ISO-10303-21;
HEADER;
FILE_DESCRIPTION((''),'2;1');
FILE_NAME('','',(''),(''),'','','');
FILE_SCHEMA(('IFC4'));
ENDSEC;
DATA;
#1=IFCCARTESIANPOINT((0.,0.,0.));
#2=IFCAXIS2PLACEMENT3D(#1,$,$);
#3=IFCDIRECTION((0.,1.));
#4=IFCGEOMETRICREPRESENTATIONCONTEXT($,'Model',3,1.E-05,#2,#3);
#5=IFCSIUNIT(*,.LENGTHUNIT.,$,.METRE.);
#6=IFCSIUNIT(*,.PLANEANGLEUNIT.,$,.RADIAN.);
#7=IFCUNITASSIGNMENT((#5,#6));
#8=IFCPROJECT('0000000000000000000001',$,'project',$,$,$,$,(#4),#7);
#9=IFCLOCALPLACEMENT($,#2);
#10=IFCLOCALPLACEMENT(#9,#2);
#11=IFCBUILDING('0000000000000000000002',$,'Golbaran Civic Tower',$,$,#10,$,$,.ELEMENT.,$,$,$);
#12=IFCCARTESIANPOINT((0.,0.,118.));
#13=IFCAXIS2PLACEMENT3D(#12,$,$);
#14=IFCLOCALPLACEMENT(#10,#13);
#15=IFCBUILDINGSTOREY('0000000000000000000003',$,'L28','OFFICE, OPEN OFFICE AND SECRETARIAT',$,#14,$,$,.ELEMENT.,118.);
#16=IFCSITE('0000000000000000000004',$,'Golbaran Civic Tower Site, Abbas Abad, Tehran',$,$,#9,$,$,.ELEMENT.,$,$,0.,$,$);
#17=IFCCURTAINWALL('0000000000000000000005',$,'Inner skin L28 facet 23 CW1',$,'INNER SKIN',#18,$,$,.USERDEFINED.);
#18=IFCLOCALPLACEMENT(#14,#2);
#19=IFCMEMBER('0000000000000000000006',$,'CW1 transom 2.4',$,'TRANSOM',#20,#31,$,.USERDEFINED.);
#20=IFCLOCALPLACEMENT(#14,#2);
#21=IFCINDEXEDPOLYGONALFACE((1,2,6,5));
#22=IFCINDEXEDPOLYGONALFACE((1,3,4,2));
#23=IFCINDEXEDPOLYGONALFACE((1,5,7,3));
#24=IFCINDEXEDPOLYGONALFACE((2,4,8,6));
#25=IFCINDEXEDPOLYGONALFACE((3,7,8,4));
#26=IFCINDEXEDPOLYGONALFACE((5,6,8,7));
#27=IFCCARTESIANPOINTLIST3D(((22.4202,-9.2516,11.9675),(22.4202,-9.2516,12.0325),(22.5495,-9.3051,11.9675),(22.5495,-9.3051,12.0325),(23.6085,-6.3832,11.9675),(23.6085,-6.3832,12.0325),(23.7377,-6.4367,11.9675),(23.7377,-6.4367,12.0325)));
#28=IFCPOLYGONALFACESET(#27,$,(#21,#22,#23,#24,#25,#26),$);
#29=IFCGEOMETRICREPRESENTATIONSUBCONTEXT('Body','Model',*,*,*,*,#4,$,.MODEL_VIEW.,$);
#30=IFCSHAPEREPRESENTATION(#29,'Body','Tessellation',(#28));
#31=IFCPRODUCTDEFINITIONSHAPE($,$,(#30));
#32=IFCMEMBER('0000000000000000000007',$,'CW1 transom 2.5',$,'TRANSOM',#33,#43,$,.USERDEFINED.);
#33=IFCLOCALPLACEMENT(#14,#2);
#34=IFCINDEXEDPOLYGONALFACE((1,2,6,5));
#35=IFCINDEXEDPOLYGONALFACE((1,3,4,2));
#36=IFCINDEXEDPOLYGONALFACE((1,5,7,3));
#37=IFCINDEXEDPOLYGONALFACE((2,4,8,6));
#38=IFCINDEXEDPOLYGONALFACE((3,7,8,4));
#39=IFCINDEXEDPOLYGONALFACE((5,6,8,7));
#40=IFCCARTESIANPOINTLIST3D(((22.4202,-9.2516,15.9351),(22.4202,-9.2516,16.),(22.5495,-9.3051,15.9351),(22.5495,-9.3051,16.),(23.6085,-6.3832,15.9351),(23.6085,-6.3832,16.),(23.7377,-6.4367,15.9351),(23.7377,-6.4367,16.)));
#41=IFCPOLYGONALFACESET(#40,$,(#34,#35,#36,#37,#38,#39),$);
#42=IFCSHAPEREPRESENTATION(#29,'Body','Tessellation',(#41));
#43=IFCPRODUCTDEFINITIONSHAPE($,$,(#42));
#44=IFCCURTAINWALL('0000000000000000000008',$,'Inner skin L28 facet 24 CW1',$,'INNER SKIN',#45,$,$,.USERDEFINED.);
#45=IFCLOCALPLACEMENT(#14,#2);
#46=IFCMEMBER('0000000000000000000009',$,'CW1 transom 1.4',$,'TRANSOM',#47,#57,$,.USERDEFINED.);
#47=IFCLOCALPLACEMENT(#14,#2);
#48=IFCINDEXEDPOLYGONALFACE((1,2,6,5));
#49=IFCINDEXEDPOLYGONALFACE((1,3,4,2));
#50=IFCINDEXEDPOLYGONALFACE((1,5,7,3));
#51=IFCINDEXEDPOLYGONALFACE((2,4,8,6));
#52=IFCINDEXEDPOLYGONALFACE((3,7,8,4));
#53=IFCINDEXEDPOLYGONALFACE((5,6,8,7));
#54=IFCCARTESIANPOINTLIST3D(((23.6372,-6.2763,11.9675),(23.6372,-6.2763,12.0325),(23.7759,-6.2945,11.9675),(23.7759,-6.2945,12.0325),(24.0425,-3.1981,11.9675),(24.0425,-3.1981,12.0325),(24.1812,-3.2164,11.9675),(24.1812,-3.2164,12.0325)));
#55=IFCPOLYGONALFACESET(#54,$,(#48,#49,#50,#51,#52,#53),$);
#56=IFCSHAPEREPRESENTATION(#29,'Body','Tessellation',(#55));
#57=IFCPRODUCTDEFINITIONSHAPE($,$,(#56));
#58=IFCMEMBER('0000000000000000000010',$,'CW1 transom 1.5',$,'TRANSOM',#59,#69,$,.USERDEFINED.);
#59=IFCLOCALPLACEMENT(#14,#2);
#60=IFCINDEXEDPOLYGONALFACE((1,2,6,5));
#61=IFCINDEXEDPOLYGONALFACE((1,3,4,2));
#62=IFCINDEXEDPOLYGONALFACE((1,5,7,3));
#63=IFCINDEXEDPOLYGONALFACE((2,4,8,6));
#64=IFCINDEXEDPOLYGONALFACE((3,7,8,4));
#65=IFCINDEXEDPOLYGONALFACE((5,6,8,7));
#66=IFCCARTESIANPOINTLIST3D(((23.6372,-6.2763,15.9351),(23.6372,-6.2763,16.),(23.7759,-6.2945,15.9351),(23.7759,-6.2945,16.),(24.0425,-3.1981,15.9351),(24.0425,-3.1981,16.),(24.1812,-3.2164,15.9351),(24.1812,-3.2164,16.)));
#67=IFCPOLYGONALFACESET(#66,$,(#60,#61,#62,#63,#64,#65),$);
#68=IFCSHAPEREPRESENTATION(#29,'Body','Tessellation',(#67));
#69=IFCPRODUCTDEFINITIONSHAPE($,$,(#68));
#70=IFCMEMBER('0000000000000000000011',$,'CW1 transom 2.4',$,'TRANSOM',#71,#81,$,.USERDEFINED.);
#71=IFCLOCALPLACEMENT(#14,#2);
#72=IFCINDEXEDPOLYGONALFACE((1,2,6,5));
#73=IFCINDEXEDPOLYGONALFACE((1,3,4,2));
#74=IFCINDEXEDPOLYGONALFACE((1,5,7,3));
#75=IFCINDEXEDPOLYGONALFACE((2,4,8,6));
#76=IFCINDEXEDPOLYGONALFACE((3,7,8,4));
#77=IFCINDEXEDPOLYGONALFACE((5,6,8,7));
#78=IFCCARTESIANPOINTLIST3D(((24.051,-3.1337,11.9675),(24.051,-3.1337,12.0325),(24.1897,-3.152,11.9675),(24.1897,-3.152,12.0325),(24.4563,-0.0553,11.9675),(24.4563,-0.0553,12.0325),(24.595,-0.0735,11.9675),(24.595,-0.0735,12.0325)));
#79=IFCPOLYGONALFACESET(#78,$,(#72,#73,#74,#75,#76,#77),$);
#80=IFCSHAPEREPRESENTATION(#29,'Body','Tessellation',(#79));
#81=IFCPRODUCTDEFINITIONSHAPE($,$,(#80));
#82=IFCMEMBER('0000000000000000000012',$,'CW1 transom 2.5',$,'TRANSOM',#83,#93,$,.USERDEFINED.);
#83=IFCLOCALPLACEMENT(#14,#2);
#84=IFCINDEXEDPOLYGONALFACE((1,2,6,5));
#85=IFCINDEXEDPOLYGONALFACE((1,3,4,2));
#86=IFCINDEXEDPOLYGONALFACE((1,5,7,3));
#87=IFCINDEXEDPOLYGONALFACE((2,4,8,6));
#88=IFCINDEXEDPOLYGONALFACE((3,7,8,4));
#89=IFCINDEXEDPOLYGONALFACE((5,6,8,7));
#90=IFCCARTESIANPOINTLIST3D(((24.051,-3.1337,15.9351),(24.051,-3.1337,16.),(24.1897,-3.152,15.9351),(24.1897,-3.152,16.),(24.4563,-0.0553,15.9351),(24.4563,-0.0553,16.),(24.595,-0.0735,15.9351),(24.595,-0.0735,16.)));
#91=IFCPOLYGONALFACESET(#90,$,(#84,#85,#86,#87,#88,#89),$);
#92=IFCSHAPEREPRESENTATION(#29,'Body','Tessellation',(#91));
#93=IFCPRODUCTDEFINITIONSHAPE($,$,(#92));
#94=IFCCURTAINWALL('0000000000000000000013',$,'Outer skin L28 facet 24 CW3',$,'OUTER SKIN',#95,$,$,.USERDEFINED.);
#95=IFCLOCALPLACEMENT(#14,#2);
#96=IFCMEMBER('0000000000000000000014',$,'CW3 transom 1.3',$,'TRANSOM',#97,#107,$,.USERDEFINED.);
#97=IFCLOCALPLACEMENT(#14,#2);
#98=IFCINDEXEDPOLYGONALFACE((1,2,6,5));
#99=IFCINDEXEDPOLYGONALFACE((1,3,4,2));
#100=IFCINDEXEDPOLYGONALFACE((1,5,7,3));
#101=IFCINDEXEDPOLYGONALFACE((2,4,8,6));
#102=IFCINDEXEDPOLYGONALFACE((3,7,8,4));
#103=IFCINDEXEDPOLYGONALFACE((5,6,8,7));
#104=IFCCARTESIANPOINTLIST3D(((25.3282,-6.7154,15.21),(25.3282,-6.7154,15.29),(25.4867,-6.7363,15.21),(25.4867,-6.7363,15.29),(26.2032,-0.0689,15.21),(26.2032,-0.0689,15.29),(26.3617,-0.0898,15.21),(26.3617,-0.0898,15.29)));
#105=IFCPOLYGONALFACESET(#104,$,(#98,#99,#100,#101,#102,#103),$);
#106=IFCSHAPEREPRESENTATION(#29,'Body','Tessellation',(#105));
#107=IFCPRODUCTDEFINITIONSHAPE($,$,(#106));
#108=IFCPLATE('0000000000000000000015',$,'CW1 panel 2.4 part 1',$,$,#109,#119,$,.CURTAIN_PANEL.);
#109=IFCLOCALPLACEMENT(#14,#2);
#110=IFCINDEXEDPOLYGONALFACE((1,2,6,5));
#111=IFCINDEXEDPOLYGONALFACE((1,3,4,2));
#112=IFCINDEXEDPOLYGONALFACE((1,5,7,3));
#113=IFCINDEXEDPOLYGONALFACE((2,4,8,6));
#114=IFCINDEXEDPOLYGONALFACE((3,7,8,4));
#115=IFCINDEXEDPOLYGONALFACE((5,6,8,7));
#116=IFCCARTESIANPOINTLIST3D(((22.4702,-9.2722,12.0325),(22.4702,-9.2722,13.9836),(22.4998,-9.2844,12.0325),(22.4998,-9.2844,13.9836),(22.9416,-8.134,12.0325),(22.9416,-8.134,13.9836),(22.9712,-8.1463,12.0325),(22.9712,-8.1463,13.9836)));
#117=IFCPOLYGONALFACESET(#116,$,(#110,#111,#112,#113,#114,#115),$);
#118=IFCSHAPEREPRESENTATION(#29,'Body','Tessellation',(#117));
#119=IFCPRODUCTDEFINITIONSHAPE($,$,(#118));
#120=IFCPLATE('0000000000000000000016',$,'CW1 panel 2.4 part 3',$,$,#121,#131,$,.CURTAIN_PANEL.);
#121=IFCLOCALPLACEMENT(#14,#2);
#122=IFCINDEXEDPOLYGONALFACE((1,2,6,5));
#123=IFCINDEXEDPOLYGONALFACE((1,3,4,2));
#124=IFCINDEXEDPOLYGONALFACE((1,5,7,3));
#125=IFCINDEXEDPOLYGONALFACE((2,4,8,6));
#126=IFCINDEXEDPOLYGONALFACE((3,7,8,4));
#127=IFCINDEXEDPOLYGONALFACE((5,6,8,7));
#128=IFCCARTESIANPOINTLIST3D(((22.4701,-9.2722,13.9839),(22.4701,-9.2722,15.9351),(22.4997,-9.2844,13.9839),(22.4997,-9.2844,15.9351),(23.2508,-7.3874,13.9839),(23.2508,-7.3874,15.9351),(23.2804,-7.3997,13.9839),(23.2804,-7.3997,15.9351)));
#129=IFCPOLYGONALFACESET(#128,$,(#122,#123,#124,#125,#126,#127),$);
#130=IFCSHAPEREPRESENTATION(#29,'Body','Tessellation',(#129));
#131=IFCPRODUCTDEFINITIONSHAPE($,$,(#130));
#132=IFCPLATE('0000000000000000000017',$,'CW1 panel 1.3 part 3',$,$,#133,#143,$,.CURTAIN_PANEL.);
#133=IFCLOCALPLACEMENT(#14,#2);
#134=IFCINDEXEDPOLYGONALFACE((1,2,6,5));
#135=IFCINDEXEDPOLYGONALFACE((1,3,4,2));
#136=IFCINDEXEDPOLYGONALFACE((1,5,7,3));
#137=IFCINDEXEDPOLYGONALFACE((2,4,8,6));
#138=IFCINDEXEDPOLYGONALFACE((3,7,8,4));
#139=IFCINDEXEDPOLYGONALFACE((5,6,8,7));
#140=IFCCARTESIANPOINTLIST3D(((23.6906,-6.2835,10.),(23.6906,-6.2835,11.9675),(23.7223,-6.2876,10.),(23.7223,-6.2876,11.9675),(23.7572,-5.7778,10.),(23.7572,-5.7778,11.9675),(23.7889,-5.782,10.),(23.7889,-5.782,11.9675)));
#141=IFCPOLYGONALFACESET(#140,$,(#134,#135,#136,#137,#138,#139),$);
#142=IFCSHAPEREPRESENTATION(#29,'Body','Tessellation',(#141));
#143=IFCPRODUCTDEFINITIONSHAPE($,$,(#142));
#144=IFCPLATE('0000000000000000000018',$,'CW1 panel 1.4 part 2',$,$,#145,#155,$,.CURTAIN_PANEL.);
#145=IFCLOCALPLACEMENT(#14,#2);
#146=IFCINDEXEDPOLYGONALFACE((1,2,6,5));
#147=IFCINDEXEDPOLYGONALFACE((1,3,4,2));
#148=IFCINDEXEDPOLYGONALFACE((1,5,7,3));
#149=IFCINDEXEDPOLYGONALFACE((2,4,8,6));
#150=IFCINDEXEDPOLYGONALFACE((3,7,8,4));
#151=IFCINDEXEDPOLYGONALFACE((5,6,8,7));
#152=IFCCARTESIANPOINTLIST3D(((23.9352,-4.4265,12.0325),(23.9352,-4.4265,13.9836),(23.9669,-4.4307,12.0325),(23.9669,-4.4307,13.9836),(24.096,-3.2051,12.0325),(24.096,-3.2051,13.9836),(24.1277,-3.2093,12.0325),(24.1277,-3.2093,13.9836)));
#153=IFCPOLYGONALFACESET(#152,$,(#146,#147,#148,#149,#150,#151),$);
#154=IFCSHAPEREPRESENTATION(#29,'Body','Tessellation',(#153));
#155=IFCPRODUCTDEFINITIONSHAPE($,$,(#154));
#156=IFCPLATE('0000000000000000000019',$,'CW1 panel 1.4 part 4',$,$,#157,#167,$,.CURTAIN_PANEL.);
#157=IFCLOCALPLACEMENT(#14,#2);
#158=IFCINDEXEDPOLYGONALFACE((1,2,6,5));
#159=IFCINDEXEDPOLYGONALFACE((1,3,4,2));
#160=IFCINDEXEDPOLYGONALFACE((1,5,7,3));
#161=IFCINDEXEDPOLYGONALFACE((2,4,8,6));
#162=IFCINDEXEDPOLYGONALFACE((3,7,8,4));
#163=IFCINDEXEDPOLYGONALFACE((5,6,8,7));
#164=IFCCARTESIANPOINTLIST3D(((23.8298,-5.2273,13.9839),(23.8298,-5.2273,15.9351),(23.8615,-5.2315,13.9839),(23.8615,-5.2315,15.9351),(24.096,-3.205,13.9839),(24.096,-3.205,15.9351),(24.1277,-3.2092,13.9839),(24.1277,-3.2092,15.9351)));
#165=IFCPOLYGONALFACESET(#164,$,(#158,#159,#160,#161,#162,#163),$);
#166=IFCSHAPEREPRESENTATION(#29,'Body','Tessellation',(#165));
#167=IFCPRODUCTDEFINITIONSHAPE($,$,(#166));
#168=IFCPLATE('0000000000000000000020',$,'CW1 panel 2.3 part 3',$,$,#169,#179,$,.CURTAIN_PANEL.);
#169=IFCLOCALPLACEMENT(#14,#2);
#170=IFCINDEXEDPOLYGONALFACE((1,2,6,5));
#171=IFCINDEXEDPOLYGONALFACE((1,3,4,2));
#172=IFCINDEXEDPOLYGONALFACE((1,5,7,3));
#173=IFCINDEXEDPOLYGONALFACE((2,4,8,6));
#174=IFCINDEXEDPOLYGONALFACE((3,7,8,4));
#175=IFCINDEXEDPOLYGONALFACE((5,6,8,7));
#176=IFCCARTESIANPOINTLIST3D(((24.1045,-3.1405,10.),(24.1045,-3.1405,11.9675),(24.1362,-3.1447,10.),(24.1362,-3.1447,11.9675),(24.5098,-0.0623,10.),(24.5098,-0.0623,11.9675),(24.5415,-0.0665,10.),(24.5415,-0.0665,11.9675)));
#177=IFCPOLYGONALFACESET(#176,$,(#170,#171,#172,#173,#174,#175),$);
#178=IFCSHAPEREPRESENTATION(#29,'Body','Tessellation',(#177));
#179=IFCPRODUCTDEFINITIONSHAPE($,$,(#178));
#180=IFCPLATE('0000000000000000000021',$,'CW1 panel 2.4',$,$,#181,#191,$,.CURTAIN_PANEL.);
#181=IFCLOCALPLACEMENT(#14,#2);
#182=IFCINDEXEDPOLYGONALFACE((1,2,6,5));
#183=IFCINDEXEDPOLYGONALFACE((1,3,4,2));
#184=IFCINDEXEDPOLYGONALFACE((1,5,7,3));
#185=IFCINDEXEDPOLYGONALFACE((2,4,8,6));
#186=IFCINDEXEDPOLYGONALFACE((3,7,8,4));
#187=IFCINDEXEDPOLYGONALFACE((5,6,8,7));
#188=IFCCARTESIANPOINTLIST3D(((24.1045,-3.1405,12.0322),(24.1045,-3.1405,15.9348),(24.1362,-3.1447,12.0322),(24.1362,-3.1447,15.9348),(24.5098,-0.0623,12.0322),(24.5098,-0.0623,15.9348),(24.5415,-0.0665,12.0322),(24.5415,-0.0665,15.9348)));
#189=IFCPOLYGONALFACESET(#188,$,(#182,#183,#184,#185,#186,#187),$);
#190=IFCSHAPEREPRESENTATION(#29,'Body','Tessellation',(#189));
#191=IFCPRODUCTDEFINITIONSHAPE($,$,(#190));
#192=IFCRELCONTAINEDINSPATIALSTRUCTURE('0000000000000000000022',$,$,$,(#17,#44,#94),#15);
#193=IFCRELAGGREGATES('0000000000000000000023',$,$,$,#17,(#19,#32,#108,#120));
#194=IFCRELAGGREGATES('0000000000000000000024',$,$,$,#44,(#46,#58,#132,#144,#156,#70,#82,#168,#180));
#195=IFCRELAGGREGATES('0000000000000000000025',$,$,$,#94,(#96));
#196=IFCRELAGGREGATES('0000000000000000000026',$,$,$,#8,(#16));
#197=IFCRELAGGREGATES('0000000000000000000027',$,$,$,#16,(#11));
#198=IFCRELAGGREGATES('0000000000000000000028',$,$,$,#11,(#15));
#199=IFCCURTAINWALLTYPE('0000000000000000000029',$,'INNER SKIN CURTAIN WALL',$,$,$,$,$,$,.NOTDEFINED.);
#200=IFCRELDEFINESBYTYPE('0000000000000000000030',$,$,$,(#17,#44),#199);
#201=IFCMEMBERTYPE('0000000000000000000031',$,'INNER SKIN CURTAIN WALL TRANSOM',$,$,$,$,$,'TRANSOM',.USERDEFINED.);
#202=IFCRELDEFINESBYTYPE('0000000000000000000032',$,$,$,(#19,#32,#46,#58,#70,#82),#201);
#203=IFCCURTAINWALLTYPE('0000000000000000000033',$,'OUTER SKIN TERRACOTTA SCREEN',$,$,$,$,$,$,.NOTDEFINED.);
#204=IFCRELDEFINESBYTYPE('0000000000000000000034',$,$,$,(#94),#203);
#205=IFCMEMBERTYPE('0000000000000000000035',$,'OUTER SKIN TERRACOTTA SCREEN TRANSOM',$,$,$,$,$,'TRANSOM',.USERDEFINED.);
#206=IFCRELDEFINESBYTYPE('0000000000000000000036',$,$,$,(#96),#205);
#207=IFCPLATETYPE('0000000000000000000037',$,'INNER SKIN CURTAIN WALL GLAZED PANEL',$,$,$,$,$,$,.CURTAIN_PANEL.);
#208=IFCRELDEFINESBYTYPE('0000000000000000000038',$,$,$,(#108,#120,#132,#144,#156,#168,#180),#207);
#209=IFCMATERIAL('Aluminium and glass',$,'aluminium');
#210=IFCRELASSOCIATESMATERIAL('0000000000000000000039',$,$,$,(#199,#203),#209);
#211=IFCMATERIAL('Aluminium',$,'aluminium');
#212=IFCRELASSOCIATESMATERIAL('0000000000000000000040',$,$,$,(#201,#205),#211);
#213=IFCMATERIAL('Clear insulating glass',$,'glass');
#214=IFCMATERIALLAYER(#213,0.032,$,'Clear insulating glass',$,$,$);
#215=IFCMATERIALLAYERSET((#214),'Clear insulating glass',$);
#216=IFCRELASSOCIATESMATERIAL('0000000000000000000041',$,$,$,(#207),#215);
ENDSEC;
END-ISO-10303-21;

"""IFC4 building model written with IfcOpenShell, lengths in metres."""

from ifc_helpers import new_model, si_unit, direction, frame, origin, origin_2d, place, context, subcontext, project, spatial, rectangle, extrude, material, layer, layer_set, material_profile, profile_set, type_object, element, aggregate, save


model = new_model("IFC4")

# Units and contexts
model_context = context("Model", 3, precision=1e-05, world=origin(), true_north=direction((0.0, 1.0)))
body_context = subcontext(model_context, "Body", "Model", "MODEL_VIEW")
ifc_project = project(units=[si_unit("LENGTHUNIT", "METRE"), si_unit("PLANEANGLEUNIT", "RADIAN")], contexts=[model_context])

# Site, building, storey
site_placement = place(None, origin())
site = spatial("IfcSite", under=ifc_project, at=site_placement, Name="Golbaran Civic Tower Site, Abbas Abad, Tehran", CompositionType="ELEMENT", RefElevation=0.0)
building_placement = place(site_placement, origin())
building = spatial("IfcBuilding", under=site, at=building_placement, Name="Golbaran Civic Tower", CompositionType="ELEMENT")
storey_placement = place(building_placement, frame((0.0, 0.0, 118.0)))
storey = spatial("IfcBuildingStorey", under=building, at=storey_placement, Name="L28", Description="OFFICE, OPEN OFFICE AND SECRETARIAT", CompositionType="ELEMENT", Elevation=118.0)

# Curtain walls, members
ifc_material_1 = material(Name="Aluminium and glass", Category="aluminium")
curtain_wall_type_1 = type_object("IfcCurtainWallType", Name="INNER SKIN CURTAIN WALL", PredefinedType="NOTDEFINED", material=ifc_material_1)
curtain_wall_1_placement = place(storey_placement, origin())
curtain_wall_1 = element("IfcCurtainWall", 1, at=curtain_wall_1_placement, inside=storey, type_object=curtain_wall_type_1, Name="Inner skin L28 facet 23 CW1", ObjectType="INNER SKIN", PredefinedType="USERDEFINED")
ifc_material_2 = material(Name="Aluminium", Category="aluminium")
ifc_material_profile_1 = material_profile(ifc_material_2, rectangle(XDim=0.1399, YDim=0.0649, at=origin_2d()), Name="INNER SKIN CURTAIN WALL TRANSOM")
ifc_profile_set_1 = profile_set([ifc_material_profile_1], Name="Aluminium")
member_type_1 = type_object("IfcMemberType", Name="INNER SKIN CURTAIN WALL TRANSOM", ElementType="TRANSOM", PredefinedType="USERDEFINED", material=ifc_profile_set_1)
member_1_placement = place(storey_placement, frame((22.4849, -9.2783, 12.0), z_axis=(0.382711, 0.923868, 0.0), x_axis=(-0.923868, 0.382711, 0.0)))
member_1 = element("IfcMember", 2, at=member_1_placement, type_object=member_type_1, Name="CW1 transom 2.4", ObjectType="TRANSOM", PredefinedType="USERDEFINED", context=body_context, shape_type="SweptSolid", body=[
    extrude(rectangle(XDim=0.1399, YDim=0.0649, at=origin_2d()), origin(), (0.0, 0.0, 1.0), 3.1047),
])
member_2_placement = place(storey_placement, frame((22.4849, -9.2783, 15.9675), z_axis=(0.382711, 0.923868, 0.0), x_axis=(-0.923868, 0.382711, 0.0)))
member_2 = element("IfcMember", 3, at=member_2_placement, type_object=member_type_1, Name="CW1 transom 2.5", ObjectType="TRANSOM", PredefinedType="USERDEFINED", context=body_context, shape_type="SweptSolid", body=[
    extrude(rectangle(XDim=0.1399, YDim=0.0649, at=origin_2d()), origin(), (0.0, 0.0, 1.0), 3.1047),
])
curtain_wall_2_placement = place(storey_placement, origin())
curtain_wall_2 = element("IfcCurtainWall", 4, at=curtain_wall_2_placement, inside=storey, type_object=curtain_wall_type_1, Name="Inner skin L28 facet 24 CW1", ObjectType="INNER SKIN", PredefinedType="USERDEFINED")
member_3_placement = place(storey_placement, frame((23.7065, -6.2854, 12.0), z_axis=(0.130536, 0.991444, 0.0), x_axis=(-0.991444, 0.130536, 0.0)))
member_3 = element("IfcMember", 5, at=member_3_placement, type_object=member_type_1, Name="CW1 transom 1.4", ObjectType="TRANSOM", PredefinedType="USERDEFINED", context=body_context, shape_type="SweptSolid", body=[
    extrude(rectangle(XDim=0.1399, YDim=0.0649, at=origin_2d()), origin(), (0.0, 0.0, 1.0), 3.1047),
])
member_4_placement = place(storey_placement, frame((23.7065, -6.2854, 15.9675), z_axis=(0.130536, 0.991444, 0.0), x_axis=(-0.991444, 0.130536, 0.0)))
member_4 = element("IfcMember", 6, at=member_4_placement, type_object=member_type_1, Name="CW1 transom 1.5", ObjectType="TRANSOM", PredefinedType="USERDEFINED", context=body_context, shape_type="SweptSolid", body=[
    extrude(rectangle(XDim=0.1399, YDim=0.0649, at=origin_2d()), origin(), (0.0, 0.0, 1.0), 3.1047),
])
member_5_placement = place(storey_placement, frame((24.1204, -3.1428, 12.0), z_axis=(0.130526, 0.991445, 0.0), x_axis=(-0.991445, 0.130526, 0.0)))
member_5 = element("IfcMember", 7, at=member_5_placement, type_object=member_type_1, Name="CW1 transom 2.4", ObjectType="TRANSOM", PredefinedType="USERDEFINED", context=body_context, shape_type="SweptSolid", body=[
    extrude(rectangle(XDim=0.1399, YDim=0.0649, at=origin_2d()), origin(), (0.0, 0.0, 1.0), 3.105),
])
member_6_placement = place(storey_placement, frame((24.1204, -3.1428, 15.9675), z_axis=(0.130526, 0.991445, 0.0), x_axis=(-0.991445, 0.130526, 0.0)))
member_6 = element("IfcMember", 8, at=member_6_placement, type_object=member_type_1, Name="CW1 transom 2.5", ObjectType="TRANSOM", PredefinedType="USERDEFINED", context=body_context, shape_type="SweptSolid", body=[
    extrude(rectangle(XDim=0.1399, YDim=0.0649, at=origin_2d()), origin(), (0.0, 0.0, 1.0), 3.105),
])

# Curtain wall, member
curtain_wall_type_2 = type_object("IfcCurtainWallType", Name="OUTER SKIN TERRACOTTA SCREEN", PredefinedType="NOTDEFINED", material=ifc_material_1)
curtain_wall_3_placement = place(storey_placement, origin())
curtain_wall_3 = element("IfcCurtainWall", 9, at=curtain_wall_3_placement, inside=storey, type_object=curtain_wall_type_2, Name="Outer skin L28 facet 24 CW3", ObjectType="OUTER SKIN", PredefinedType="USERDEFINED")
ifc_material_profile_2 = material_profile(ifc_material_2, rectangle(XDim=0.1599, YDim=0.0801, at=origin_2d()), Name="OUTER SKIN TERRACOTTA SCREEN TRANSOM")
ifc_profile_set_2 = profile_set([ifc_material_profile_2], Name="Aluminium")
member_type_2 = type_object("IfcMemberType", Name="OUTER SKIN TERRACOTTA SCREEN TRANSOM", ElementType="TRANSOM", PredefinedType="USERDEFINED", material=ifc_profile_set_2)
member_7_placement = place(storey_placement, frame((25.4075, -6.7258, 15.25), z_axis=(0.130522, 0.991445, 0.0), x_axis=(-0.991445, 0.130522, 0.0)))
member_7 = element("IfcMember", 10, at=member_7_placement, type_object=member_type_2, Name="CW3 transom 1.3", ObjectType="TRANSOM", PredefinedType="USERDEFINED", context=body_context, shape_type="SweptSolid", body=[
    extrude(rectangle(XDim=0.1599, YDim=0.0801, at=origin_2d()), origin(), (0.0, 0.0, 1.0), 6.7039),
])

# Plates
ifc_material_3 = material(Name="Clear insulating glass", Category="glass")
ifc_layer_1 = layer(ifc_material_3, 0.032, Name="Clear insulating glass")
ifc_layer_set_1 = layer_set([ifc_layer_1], Name="Clear insulating glass")
plate_type_1 = type_object("IfcPlateType", Name="INNER SKIN CURTAIN WALL GLAZED PANEL", PredefinedType="CURTAIN_PANEL", material=ifc_layer_set_1)
plate_1_placement = place(storey_placement, frame((22.7207, -8.7092, 12.0325), z_axis=(0.0, 0.0, 1.0), x_axis=(0.382683, 0.92388, 0.0)))
plate_1 = element("IfcPlate", 11, at=plate_1_placement, type_object=plate_type_1, Name="CW1 panel 2.4 part 1", PredefinedType="CURTAIN_PANEL", context=body_context, shape_type="SweptSolid", body=[
    extrude(rectangle(XDim=1.2319, YDim=0.032, at=origin_2d()), origin(), (0.0, 0.0, 1.0), 1.9512),
])
plate_2_placement = place(storey_placement, frame((22.8752, -8.3359, 13.9839), z_axis=(0.0, 0.0, 1.0), x_axis=(0.382683, 0.92388, 0.0)))
plate_2 = element("IfcPlate", 12, at=plate_2_placement, type_object=plate_type_1, Name="CW1 panel 2.4 part 3", PredefinedType="CURTAIN_PANEL", context=body_context, shape_type="SweptSolid", body=[
    extrude(rectangle(XDim=2.04, YDim=0.032, at=origin_2d()), origin(), (0.0, 0.0, 1.0), 1.9512),
])
plate_3_placement = place(storey_placement, frame((23.7397, -6.0327, 10.0), z_axis=(0.0, 0.0, 1.0), x_axis=(0.130526, 0.991445, 0.0)))
plate_3 = element("IfcPlate", 13, at=plate_3_placement, type_object=plate_type_1, Name="CW1 panel 1.3 part 3", PredefinedType="CURTAIN_PANEL", context=body_context, shape_type="SweptSolid", body=[
    extrude(rectangle(XDim=0.51, YDim=0.032, at=origin_2d()), origin(), (0.0, 0.0, 1.0), 1.9675),
])
plate_4_placement = place(storey_placement, frame((24.0315, -3.8179, 12.0325), z_axis=(0.0, 0.0, 1.0), x_axis=(0.130526, 0.991445, 0.0)))
plate_4 = element("IfcPlate", 14, at=plate_4_placement, type_object=plate_type_1, Name="CW1 panel 1.4 part 2", PredefinedType="CURTAIN_PANEL", context=body_context, shape_type="SweptSolid", body=[
    extrude(rectangle(XDim=1.2319, YDim=0.032, at=origin_2d()), origin(), (0.0, 0.0, 1.0), 1.9512),
])
plate_5_placement = place(storey_placement, frame((23.9788, -4.2183, 13.9839), z_axis=(0.0, 0.0, 1.0), x_axis=(0.130526, 0.991445, 0.0)))
plate_5 = element("IfcPlate", 15, at=plate_5_placement, type_object=plate_type_1, Name="CW1 panel 1.4 part 4", PredefinedType="CURTAIN_PANEL", context=body_context, shape_type="SweptSolid", body=[
    extrude(rectangle(XDim=2.0398, YDim=0.032, at=origin_2d()), origin(), (0.0, 0.0, 1.0), 1.9512),
])
plate_6_placement = place(storey_placement, frame((24.323, -1.6035, 10.0), z_axis=(0.0, 0.0, 1.0), x_axis=(0.130526, 0.991445, 0.0)))
plate_6 = element("IfcPlate", 16, at=plate_6_placement, type_object=plate_type_1, Name="CW1 panel 2.3 part 3", PredefinedType="CURTAIN_PANEL", context=body_context, shape_type="SweptSolid", body=[
    extrude(rectangle(XDim=3.1047, YDim=0.032, at=origin_2d()), origin(), (0.0, 0.0, 1.0), 1.9675),
])
plate_7_placement = place(storey_placement, frame((24.323, -1.6035, 12.0322), z_axis=(0.0, 0.0, 1.0), x_axis=(0.130526, 0.991445, 0.0)))
plate_7 = element("IfcPlate", 17, at=plate_7_placement, type_object=plate_type_1, Name="CW1 panel 2.4", PredefinedType="CURTAIN_PANEL", context=body_context, shape_type="SweptSolid", body=[
    extrude(rectangle(XDim=3.1047, YDim=0.032, at=origin_2d()), origin(), (0.0, 0.0, 1.0), 3.9026),
])
aggregate(curtain_wall_1, [member_1, member_2, plate_1, plate_2])
aggregate(curtain_wall_2, [member_3, member_4, plate_3, plate_4, plate_5, member_5, member_6, plate_6, plate_7])
aggregate(curtain_wall_3, [member_7])

save(model, "model.ifc")
